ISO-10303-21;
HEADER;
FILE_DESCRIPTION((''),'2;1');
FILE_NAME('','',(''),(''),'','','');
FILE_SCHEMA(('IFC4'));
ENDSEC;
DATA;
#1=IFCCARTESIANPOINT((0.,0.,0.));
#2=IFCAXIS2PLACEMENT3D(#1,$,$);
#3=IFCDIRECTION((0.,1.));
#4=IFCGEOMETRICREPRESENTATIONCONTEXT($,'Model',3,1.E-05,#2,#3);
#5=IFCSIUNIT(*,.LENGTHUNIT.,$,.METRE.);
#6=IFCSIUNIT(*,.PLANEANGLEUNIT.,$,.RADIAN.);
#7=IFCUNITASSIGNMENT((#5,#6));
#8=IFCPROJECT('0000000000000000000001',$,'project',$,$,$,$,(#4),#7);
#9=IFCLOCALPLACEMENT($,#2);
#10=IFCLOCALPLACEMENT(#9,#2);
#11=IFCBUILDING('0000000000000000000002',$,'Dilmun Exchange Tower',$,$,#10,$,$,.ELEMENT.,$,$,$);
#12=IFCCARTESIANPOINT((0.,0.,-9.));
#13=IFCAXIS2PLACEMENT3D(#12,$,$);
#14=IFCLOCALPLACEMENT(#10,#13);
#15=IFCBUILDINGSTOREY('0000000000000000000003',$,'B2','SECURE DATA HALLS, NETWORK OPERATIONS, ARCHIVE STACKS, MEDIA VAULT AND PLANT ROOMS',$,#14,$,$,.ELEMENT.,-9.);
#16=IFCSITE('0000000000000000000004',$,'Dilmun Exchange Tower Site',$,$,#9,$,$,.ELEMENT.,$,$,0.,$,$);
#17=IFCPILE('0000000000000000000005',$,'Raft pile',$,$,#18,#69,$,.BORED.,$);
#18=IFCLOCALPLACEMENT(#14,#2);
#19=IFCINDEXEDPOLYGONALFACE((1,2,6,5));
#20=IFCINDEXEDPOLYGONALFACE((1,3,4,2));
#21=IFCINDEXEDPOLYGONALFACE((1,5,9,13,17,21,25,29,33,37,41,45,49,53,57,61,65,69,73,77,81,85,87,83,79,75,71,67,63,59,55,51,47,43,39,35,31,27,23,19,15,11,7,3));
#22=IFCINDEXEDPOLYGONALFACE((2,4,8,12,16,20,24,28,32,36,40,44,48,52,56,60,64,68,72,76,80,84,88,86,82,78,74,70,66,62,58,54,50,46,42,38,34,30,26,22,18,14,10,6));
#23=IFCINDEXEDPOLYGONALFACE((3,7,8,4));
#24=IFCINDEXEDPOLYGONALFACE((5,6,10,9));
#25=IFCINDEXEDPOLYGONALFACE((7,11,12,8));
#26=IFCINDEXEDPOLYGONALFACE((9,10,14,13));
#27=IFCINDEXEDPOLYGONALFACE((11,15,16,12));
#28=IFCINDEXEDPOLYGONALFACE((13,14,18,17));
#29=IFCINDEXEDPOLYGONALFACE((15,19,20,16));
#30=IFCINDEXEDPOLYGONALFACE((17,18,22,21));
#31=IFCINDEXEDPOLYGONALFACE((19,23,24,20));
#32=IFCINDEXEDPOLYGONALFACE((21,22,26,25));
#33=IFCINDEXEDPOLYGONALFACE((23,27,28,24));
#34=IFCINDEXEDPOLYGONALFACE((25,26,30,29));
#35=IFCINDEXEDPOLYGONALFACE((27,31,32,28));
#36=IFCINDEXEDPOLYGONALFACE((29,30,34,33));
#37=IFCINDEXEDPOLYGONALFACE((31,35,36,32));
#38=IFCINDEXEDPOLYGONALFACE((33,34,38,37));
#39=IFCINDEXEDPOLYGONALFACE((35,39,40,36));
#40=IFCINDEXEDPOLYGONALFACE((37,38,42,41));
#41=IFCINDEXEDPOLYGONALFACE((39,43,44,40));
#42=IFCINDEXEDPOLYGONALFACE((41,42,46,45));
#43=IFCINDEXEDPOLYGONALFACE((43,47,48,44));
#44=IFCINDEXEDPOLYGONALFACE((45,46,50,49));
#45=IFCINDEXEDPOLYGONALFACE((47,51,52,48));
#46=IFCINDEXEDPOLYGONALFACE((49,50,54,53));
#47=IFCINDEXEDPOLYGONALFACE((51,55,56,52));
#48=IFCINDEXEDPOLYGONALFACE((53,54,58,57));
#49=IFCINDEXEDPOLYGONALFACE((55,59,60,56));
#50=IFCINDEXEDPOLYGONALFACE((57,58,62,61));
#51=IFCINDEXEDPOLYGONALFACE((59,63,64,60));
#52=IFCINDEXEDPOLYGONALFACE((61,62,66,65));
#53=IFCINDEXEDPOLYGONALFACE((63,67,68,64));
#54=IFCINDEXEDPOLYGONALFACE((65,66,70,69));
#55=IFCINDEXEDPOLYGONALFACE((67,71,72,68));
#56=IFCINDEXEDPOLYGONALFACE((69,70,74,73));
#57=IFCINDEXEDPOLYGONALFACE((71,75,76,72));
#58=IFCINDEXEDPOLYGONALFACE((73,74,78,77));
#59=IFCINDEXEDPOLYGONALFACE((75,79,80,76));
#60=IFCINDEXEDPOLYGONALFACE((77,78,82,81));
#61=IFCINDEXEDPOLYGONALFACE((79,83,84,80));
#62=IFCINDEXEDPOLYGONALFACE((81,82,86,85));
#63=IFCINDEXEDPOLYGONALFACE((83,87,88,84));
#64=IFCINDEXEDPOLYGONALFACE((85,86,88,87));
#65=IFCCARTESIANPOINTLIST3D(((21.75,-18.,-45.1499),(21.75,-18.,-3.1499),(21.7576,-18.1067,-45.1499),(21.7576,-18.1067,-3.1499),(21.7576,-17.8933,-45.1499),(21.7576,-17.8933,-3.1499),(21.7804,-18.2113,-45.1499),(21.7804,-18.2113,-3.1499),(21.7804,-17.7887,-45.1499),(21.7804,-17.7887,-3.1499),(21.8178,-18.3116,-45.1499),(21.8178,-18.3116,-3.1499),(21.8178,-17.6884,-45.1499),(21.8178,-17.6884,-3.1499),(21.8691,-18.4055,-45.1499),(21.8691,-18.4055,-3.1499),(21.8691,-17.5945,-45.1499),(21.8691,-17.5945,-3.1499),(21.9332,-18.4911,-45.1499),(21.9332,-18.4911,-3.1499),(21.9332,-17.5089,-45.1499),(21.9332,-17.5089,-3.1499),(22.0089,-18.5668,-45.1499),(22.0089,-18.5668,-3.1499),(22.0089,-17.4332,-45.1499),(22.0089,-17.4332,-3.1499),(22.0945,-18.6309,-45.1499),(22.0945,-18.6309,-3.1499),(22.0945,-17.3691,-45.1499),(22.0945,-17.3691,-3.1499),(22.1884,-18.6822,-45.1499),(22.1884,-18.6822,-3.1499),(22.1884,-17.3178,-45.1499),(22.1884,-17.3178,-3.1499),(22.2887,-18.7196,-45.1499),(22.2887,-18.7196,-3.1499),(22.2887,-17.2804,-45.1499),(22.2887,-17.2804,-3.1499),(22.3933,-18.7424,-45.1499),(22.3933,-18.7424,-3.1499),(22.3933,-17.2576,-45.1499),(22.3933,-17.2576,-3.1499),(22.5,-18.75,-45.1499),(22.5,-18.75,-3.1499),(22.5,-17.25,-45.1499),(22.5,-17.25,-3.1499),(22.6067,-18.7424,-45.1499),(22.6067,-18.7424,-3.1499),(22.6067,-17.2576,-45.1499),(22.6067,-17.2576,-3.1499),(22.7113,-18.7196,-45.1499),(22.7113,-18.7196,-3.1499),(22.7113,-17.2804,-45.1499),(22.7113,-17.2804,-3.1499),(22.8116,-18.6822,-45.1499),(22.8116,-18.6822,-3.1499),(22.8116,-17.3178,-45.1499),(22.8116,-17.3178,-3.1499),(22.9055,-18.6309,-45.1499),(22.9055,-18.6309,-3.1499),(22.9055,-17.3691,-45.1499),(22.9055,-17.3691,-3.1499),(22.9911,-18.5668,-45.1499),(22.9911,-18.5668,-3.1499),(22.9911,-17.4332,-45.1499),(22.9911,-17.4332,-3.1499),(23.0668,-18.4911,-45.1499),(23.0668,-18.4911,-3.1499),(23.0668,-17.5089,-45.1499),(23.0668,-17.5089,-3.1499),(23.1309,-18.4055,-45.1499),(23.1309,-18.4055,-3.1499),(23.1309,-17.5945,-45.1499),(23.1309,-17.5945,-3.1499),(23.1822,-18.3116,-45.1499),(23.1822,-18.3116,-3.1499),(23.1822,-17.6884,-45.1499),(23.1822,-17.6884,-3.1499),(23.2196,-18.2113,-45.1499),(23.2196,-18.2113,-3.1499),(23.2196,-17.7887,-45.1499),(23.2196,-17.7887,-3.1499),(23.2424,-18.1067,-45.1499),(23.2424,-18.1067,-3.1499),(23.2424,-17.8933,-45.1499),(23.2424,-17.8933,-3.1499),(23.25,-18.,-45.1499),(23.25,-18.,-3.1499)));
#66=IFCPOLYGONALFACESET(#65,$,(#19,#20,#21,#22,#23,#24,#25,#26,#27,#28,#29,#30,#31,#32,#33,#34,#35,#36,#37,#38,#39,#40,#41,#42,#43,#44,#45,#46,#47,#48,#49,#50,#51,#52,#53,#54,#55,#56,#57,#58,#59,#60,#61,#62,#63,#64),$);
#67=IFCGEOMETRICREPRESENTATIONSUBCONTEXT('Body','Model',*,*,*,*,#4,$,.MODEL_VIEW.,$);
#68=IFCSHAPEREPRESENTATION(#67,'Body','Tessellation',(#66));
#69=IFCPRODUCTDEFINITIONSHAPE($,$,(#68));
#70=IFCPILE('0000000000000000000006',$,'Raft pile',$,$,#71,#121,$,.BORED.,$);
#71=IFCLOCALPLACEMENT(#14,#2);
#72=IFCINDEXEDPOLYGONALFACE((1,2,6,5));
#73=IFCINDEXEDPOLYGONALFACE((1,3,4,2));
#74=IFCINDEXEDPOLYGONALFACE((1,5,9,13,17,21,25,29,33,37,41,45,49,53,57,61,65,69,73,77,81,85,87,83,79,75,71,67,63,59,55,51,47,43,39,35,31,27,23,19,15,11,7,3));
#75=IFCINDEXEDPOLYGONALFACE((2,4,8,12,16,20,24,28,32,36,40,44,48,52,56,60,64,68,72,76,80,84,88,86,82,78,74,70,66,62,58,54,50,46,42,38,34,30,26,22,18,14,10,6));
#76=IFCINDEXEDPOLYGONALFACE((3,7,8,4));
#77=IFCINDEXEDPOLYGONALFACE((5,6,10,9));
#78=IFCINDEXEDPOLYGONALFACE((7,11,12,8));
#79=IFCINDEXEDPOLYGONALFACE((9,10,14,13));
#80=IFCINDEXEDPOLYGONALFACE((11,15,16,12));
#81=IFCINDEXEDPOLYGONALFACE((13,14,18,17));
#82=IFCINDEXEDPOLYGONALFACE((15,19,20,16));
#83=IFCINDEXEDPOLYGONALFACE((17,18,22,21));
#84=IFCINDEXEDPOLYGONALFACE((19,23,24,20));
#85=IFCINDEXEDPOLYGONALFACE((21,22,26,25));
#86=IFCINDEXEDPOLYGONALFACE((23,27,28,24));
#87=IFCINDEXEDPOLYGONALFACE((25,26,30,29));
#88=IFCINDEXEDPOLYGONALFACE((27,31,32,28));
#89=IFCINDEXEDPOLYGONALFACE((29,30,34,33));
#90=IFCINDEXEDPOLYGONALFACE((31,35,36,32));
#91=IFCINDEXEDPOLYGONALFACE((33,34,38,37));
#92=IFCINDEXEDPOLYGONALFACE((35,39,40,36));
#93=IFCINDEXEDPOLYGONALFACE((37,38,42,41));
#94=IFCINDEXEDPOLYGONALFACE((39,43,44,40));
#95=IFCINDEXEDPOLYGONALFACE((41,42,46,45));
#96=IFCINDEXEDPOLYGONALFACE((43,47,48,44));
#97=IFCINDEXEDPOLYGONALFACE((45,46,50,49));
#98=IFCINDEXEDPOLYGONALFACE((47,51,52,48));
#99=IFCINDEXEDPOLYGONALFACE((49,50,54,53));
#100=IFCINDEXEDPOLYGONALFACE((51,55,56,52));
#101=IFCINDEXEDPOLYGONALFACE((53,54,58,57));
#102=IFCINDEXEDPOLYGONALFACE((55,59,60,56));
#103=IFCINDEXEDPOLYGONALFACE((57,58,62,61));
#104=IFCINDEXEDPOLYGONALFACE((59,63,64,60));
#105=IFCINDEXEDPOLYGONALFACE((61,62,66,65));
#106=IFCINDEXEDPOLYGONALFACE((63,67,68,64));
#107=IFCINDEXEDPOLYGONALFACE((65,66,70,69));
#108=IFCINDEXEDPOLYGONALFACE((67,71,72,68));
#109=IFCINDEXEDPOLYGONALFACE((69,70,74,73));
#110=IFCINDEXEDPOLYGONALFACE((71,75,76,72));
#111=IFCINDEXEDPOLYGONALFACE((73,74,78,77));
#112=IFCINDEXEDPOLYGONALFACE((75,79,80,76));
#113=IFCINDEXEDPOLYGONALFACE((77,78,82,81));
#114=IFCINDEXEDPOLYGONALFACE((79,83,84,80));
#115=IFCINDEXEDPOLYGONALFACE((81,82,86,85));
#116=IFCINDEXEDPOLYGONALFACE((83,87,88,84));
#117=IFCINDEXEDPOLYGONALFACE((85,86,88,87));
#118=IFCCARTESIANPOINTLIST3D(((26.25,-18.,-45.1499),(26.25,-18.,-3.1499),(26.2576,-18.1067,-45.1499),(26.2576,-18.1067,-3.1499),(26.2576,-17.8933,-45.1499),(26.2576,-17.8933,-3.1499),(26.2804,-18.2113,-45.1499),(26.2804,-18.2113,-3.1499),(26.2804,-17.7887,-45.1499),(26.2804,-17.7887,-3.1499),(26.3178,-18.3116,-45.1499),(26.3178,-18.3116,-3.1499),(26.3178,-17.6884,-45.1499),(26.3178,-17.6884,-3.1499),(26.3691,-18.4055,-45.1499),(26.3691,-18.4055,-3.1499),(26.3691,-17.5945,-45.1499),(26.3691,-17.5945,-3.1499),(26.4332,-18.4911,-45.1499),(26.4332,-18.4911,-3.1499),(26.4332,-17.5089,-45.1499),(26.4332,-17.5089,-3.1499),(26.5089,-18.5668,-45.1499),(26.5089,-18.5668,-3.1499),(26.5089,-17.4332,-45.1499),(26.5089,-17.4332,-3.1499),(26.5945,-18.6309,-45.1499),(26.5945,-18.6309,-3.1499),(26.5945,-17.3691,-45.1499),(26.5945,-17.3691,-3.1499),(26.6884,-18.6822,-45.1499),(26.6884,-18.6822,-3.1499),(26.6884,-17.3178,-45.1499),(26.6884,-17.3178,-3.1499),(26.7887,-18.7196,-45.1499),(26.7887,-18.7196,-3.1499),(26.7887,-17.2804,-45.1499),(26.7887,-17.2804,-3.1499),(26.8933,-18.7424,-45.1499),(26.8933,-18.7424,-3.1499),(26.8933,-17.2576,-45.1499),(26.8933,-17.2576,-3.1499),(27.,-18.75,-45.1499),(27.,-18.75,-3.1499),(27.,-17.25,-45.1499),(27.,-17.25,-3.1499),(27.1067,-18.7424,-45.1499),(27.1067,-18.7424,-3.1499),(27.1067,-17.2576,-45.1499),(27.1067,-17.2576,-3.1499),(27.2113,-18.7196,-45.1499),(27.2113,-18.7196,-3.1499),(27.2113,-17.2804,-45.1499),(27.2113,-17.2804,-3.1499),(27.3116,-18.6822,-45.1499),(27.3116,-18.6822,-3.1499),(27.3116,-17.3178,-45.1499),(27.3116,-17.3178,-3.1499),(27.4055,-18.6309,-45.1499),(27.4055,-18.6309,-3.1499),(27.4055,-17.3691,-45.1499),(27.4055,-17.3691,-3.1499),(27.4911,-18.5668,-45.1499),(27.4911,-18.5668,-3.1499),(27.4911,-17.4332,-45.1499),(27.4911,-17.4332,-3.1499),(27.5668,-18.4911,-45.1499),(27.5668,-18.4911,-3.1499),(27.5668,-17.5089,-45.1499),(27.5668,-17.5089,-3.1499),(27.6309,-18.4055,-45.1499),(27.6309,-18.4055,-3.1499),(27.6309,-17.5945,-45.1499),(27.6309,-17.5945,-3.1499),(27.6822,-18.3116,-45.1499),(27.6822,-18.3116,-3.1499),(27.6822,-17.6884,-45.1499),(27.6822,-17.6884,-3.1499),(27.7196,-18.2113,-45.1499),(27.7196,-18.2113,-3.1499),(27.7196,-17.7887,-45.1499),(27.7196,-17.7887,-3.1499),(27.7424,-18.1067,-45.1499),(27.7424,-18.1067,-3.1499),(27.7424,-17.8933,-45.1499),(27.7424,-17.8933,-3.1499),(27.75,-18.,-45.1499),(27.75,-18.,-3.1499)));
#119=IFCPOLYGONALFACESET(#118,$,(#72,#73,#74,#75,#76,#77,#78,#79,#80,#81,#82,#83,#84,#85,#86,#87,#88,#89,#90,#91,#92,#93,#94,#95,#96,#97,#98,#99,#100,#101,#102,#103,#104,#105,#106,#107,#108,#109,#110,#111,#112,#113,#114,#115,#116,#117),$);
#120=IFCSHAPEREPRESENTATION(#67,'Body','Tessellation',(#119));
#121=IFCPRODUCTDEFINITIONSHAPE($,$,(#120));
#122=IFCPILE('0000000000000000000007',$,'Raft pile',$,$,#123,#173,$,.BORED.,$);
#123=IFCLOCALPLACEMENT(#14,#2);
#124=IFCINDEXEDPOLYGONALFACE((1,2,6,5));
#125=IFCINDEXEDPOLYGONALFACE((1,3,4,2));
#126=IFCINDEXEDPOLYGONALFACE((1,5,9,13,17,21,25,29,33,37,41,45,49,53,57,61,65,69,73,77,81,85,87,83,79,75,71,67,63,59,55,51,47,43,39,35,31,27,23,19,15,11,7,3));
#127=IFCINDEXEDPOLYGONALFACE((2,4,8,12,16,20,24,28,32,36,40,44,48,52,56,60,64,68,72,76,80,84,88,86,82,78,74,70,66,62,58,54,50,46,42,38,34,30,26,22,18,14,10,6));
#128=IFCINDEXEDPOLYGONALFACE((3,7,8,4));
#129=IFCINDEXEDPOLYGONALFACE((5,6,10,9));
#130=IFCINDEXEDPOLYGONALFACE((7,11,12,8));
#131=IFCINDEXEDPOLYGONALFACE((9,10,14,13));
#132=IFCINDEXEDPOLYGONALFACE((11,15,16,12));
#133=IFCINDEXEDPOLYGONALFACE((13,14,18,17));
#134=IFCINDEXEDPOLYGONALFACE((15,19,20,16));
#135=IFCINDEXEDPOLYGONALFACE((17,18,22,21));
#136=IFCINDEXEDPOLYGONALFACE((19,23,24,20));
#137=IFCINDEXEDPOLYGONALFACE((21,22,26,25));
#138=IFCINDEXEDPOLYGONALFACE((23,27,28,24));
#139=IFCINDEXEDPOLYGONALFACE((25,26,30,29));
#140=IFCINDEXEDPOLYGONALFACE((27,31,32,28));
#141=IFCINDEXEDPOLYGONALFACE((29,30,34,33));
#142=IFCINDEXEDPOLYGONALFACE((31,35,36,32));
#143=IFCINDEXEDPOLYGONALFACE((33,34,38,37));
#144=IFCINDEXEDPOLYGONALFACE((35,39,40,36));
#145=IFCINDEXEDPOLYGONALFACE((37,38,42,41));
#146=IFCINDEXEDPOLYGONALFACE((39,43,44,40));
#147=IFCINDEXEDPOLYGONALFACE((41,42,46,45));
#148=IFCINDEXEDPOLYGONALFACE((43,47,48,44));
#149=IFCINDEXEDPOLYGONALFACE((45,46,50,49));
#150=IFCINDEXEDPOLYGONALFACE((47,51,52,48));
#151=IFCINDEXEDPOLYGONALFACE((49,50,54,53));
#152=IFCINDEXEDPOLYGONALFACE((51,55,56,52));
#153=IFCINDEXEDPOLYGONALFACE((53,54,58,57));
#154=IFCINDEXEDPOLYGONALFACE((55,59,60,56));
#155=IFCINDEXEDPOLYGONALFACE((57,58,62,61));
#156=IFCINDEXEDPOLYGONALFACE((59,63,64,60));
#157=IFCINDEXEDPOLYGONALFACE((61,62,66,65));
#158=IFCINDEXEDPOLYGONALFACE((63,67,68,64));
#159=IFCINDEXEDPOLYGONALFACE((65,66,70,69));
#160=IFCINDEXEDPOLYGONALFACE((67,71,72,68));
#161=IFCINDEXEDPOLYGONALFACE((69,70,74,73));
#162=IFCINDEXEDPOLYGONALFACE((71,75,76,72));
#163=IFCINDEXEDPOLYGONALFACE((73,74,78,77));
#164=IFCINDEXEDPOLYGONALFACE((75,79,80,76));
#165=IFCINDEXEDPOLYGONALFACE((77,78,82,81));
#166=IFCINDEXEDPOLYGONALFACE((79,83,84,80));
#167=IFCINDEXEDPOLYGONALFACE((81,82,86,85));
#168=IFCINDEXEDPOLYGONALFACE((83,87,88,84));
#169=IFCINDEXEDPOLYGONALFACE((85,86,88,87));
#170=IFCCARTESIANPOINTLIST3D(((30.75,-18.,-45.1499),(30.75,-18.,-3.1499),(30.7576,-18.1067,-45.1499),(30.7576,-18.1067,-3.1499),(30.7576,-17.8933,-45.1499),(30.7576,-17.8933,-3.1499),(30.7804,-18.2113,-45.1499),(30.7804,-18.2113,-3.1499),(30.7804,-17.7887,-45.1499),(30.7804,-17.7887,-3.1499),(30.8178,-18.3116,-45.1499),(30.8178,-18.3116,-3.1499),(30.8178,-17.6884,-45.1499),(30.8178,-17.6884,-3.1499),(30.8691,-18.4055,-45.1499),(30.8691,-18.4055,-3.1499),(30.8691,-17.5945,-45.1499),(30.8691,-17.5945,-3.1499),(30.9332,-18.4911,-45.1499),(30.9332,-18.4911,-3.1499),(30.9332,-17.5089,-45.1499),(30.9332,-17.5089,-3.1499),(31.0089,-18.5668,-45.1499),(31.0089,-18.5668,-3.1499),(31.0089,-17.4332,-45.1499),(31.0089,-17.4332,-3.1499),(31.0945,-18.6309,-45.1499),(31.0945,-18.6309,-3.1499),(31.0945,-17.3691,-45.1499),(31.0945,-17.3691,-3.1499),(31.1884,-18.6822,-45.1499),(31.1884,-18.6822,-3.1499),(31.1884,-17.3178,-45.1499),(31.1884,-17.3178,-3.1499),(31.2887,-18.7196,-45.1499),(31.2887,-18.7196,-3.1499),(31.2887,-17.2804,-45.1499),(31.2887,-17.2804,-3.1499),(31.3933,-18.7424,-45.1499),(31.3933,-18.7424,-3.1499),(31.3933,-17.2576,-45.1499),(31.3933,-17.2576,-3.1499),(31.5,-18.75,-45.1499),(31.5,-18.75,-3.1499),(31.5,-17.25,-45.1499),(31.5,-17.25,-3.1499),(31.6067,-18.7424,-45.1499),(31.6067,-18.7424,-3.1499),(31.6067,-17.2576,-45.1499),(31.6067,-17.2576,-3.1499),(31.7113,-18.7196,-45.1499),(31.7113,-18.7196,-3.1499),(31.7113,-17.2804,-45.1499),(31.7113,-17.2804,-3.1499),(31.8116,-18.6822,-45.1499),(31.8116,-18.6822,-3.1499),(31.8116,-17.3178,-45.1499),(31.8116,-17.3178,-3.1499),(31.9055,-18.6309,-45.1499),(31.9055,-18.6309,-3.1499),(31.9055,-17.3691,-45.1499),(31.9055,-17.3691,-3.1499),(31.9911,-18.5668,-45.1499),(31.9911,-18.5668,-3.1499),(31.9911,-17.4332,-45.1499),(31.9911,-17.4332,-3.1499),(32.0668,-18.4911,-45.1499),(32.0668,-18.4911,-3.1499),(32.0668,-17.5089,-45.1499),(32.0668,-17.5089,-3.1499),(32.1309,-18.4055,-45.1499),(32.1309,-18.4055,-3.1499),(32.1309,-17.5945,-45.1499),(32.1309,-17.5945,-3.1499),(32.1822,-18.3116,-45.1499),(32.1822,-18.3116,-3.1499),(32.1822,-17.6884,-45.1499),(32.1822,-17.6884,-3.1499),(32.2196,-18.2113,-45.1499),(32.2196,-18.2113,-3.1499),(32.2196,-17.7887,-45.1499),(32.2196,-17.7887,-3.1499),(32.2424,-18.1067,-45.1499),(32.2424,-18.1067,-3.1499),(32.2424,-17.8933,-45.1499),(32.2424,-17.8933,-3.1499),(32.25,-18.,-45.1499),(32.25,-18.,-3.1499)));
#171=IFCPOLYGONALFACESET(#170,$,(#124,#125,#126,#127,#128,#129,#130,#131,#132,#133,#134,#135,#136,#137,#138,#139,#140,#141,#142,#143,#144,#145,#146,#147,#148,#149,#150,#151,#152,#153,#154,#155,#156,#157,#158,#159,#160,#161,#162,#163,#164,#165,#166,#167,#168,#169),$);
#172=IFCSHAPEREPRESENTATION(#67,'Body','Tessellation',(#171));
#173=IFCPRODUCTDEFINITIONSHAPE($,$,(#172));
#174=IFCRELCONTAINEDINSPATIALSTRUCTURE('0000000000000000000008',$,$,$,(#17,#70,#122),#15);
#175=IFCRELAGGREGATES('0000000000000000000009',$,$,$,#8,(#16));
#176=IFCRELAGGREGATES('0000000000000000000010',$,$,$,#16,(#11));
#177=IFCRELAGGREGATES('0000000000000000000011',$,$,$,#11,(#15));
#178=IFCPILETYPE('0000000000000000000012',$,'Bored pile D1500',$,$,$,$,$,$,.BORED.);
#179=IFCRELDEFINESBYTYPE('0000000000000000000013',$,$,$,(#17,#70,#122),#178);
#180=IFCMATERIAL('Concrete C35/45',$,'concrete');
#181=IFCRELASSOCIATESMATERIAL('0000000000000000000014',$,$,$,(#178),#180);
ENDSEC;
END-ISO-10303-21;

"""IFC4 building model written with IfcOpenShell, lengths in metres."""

from ifc_helpers import new_model, si_unit, direction, frame, origin, origin_2d, place, context, subcontext, project, spatial, circle, extrude, material, material_profile, profile_set, type_object, element, save


model = new_model("IFC4")

# Units and contexts
model_context = context("Model", 3, precision=1e-05, world=origin(), true_north=direction((0.0, 1.0)))
body_context = subcontext(model_context, "Body", "Model", "MODEL_VIEW")
ifc_project = project(units=[si_unit("LENGTHUNIT", "METRE"), si_unit("PLANEANGLEUNIT", "RADIAN")], contexts=[model_context])

# Site, building, storey
site_placement = place(None, origin())
site = spatial("IfcSite", under=ifc_project, at=site_placement, Name="Dilmun Exchange Tower Site", CompositionType="ELEMENT", RefElevation=0.0)
building_placement = place(site_placement, origin())
building = spatial("IfcBuilding", under=site, at=building_placement, Name="Dilmun Exchange Tower", CompositionType="ELEMENT")
storey_placement = place(building_placement, frame((0.0, 0.0, -9.0)))
storey = spatial("IfcBuildingStorey", under=building, at=storey_placement, Name="B2", Description="SECURE DATA HALLS, NETWORK OPERATIONS, ARCHIVE STACKS, MEDIA VAULT AND PLANT ROOMS", CompositionType="ELEMENT", Elevation=-9.0)

# Piles
ifc_material_1 = material(Name="Concrete C35/45", Category="concrete")
ifc_material_profile_1 = material_profile(ifc_material_1, circle(Radius=0.75, at=origin_2d()), Name="D1500")
ifc_profile_set_1 = profile_set([ifc_material_profile_1], Name="Concrete C35/45")
pile_type = type_object("IfcPileType", Name="Bored pile D1500", PredefinedType="BORED", material=ifc_profile_set_1)
for number, where, z_axis, x_axis, name in (
    (1, (22.5, -18.0, -3.1499), (0.0, 0.0, -1.0), (1.0, 0.0, 0.0), "Raft pile"),
    (2, (27.0, -18.0, -3.1499), (0.0, 0.0, -1.0), (1.0, 0.0, 0.0), "Raft pile"),
    (3, (31.5, -18.0, -3.1499), (0.0, 0.0, -1.0), (1.0, 0.0, 0.0), "Raft pile"),
):
    element("IfcPile", number, at=place(storey_placement, frame(where, z_axis=z_axis, x_axis=x_axis)), inside=storey, type_object=pile_type, Name=name, PredefinedType="BORED", context=body_context, shape_type="SweptSolid", body=[
        extrude(circle(Radius=0.75, at=origin_2d()), origin(), (0.0, 0.0, 1.0), 42.0),
    ])

save(model, "model.ifc")
